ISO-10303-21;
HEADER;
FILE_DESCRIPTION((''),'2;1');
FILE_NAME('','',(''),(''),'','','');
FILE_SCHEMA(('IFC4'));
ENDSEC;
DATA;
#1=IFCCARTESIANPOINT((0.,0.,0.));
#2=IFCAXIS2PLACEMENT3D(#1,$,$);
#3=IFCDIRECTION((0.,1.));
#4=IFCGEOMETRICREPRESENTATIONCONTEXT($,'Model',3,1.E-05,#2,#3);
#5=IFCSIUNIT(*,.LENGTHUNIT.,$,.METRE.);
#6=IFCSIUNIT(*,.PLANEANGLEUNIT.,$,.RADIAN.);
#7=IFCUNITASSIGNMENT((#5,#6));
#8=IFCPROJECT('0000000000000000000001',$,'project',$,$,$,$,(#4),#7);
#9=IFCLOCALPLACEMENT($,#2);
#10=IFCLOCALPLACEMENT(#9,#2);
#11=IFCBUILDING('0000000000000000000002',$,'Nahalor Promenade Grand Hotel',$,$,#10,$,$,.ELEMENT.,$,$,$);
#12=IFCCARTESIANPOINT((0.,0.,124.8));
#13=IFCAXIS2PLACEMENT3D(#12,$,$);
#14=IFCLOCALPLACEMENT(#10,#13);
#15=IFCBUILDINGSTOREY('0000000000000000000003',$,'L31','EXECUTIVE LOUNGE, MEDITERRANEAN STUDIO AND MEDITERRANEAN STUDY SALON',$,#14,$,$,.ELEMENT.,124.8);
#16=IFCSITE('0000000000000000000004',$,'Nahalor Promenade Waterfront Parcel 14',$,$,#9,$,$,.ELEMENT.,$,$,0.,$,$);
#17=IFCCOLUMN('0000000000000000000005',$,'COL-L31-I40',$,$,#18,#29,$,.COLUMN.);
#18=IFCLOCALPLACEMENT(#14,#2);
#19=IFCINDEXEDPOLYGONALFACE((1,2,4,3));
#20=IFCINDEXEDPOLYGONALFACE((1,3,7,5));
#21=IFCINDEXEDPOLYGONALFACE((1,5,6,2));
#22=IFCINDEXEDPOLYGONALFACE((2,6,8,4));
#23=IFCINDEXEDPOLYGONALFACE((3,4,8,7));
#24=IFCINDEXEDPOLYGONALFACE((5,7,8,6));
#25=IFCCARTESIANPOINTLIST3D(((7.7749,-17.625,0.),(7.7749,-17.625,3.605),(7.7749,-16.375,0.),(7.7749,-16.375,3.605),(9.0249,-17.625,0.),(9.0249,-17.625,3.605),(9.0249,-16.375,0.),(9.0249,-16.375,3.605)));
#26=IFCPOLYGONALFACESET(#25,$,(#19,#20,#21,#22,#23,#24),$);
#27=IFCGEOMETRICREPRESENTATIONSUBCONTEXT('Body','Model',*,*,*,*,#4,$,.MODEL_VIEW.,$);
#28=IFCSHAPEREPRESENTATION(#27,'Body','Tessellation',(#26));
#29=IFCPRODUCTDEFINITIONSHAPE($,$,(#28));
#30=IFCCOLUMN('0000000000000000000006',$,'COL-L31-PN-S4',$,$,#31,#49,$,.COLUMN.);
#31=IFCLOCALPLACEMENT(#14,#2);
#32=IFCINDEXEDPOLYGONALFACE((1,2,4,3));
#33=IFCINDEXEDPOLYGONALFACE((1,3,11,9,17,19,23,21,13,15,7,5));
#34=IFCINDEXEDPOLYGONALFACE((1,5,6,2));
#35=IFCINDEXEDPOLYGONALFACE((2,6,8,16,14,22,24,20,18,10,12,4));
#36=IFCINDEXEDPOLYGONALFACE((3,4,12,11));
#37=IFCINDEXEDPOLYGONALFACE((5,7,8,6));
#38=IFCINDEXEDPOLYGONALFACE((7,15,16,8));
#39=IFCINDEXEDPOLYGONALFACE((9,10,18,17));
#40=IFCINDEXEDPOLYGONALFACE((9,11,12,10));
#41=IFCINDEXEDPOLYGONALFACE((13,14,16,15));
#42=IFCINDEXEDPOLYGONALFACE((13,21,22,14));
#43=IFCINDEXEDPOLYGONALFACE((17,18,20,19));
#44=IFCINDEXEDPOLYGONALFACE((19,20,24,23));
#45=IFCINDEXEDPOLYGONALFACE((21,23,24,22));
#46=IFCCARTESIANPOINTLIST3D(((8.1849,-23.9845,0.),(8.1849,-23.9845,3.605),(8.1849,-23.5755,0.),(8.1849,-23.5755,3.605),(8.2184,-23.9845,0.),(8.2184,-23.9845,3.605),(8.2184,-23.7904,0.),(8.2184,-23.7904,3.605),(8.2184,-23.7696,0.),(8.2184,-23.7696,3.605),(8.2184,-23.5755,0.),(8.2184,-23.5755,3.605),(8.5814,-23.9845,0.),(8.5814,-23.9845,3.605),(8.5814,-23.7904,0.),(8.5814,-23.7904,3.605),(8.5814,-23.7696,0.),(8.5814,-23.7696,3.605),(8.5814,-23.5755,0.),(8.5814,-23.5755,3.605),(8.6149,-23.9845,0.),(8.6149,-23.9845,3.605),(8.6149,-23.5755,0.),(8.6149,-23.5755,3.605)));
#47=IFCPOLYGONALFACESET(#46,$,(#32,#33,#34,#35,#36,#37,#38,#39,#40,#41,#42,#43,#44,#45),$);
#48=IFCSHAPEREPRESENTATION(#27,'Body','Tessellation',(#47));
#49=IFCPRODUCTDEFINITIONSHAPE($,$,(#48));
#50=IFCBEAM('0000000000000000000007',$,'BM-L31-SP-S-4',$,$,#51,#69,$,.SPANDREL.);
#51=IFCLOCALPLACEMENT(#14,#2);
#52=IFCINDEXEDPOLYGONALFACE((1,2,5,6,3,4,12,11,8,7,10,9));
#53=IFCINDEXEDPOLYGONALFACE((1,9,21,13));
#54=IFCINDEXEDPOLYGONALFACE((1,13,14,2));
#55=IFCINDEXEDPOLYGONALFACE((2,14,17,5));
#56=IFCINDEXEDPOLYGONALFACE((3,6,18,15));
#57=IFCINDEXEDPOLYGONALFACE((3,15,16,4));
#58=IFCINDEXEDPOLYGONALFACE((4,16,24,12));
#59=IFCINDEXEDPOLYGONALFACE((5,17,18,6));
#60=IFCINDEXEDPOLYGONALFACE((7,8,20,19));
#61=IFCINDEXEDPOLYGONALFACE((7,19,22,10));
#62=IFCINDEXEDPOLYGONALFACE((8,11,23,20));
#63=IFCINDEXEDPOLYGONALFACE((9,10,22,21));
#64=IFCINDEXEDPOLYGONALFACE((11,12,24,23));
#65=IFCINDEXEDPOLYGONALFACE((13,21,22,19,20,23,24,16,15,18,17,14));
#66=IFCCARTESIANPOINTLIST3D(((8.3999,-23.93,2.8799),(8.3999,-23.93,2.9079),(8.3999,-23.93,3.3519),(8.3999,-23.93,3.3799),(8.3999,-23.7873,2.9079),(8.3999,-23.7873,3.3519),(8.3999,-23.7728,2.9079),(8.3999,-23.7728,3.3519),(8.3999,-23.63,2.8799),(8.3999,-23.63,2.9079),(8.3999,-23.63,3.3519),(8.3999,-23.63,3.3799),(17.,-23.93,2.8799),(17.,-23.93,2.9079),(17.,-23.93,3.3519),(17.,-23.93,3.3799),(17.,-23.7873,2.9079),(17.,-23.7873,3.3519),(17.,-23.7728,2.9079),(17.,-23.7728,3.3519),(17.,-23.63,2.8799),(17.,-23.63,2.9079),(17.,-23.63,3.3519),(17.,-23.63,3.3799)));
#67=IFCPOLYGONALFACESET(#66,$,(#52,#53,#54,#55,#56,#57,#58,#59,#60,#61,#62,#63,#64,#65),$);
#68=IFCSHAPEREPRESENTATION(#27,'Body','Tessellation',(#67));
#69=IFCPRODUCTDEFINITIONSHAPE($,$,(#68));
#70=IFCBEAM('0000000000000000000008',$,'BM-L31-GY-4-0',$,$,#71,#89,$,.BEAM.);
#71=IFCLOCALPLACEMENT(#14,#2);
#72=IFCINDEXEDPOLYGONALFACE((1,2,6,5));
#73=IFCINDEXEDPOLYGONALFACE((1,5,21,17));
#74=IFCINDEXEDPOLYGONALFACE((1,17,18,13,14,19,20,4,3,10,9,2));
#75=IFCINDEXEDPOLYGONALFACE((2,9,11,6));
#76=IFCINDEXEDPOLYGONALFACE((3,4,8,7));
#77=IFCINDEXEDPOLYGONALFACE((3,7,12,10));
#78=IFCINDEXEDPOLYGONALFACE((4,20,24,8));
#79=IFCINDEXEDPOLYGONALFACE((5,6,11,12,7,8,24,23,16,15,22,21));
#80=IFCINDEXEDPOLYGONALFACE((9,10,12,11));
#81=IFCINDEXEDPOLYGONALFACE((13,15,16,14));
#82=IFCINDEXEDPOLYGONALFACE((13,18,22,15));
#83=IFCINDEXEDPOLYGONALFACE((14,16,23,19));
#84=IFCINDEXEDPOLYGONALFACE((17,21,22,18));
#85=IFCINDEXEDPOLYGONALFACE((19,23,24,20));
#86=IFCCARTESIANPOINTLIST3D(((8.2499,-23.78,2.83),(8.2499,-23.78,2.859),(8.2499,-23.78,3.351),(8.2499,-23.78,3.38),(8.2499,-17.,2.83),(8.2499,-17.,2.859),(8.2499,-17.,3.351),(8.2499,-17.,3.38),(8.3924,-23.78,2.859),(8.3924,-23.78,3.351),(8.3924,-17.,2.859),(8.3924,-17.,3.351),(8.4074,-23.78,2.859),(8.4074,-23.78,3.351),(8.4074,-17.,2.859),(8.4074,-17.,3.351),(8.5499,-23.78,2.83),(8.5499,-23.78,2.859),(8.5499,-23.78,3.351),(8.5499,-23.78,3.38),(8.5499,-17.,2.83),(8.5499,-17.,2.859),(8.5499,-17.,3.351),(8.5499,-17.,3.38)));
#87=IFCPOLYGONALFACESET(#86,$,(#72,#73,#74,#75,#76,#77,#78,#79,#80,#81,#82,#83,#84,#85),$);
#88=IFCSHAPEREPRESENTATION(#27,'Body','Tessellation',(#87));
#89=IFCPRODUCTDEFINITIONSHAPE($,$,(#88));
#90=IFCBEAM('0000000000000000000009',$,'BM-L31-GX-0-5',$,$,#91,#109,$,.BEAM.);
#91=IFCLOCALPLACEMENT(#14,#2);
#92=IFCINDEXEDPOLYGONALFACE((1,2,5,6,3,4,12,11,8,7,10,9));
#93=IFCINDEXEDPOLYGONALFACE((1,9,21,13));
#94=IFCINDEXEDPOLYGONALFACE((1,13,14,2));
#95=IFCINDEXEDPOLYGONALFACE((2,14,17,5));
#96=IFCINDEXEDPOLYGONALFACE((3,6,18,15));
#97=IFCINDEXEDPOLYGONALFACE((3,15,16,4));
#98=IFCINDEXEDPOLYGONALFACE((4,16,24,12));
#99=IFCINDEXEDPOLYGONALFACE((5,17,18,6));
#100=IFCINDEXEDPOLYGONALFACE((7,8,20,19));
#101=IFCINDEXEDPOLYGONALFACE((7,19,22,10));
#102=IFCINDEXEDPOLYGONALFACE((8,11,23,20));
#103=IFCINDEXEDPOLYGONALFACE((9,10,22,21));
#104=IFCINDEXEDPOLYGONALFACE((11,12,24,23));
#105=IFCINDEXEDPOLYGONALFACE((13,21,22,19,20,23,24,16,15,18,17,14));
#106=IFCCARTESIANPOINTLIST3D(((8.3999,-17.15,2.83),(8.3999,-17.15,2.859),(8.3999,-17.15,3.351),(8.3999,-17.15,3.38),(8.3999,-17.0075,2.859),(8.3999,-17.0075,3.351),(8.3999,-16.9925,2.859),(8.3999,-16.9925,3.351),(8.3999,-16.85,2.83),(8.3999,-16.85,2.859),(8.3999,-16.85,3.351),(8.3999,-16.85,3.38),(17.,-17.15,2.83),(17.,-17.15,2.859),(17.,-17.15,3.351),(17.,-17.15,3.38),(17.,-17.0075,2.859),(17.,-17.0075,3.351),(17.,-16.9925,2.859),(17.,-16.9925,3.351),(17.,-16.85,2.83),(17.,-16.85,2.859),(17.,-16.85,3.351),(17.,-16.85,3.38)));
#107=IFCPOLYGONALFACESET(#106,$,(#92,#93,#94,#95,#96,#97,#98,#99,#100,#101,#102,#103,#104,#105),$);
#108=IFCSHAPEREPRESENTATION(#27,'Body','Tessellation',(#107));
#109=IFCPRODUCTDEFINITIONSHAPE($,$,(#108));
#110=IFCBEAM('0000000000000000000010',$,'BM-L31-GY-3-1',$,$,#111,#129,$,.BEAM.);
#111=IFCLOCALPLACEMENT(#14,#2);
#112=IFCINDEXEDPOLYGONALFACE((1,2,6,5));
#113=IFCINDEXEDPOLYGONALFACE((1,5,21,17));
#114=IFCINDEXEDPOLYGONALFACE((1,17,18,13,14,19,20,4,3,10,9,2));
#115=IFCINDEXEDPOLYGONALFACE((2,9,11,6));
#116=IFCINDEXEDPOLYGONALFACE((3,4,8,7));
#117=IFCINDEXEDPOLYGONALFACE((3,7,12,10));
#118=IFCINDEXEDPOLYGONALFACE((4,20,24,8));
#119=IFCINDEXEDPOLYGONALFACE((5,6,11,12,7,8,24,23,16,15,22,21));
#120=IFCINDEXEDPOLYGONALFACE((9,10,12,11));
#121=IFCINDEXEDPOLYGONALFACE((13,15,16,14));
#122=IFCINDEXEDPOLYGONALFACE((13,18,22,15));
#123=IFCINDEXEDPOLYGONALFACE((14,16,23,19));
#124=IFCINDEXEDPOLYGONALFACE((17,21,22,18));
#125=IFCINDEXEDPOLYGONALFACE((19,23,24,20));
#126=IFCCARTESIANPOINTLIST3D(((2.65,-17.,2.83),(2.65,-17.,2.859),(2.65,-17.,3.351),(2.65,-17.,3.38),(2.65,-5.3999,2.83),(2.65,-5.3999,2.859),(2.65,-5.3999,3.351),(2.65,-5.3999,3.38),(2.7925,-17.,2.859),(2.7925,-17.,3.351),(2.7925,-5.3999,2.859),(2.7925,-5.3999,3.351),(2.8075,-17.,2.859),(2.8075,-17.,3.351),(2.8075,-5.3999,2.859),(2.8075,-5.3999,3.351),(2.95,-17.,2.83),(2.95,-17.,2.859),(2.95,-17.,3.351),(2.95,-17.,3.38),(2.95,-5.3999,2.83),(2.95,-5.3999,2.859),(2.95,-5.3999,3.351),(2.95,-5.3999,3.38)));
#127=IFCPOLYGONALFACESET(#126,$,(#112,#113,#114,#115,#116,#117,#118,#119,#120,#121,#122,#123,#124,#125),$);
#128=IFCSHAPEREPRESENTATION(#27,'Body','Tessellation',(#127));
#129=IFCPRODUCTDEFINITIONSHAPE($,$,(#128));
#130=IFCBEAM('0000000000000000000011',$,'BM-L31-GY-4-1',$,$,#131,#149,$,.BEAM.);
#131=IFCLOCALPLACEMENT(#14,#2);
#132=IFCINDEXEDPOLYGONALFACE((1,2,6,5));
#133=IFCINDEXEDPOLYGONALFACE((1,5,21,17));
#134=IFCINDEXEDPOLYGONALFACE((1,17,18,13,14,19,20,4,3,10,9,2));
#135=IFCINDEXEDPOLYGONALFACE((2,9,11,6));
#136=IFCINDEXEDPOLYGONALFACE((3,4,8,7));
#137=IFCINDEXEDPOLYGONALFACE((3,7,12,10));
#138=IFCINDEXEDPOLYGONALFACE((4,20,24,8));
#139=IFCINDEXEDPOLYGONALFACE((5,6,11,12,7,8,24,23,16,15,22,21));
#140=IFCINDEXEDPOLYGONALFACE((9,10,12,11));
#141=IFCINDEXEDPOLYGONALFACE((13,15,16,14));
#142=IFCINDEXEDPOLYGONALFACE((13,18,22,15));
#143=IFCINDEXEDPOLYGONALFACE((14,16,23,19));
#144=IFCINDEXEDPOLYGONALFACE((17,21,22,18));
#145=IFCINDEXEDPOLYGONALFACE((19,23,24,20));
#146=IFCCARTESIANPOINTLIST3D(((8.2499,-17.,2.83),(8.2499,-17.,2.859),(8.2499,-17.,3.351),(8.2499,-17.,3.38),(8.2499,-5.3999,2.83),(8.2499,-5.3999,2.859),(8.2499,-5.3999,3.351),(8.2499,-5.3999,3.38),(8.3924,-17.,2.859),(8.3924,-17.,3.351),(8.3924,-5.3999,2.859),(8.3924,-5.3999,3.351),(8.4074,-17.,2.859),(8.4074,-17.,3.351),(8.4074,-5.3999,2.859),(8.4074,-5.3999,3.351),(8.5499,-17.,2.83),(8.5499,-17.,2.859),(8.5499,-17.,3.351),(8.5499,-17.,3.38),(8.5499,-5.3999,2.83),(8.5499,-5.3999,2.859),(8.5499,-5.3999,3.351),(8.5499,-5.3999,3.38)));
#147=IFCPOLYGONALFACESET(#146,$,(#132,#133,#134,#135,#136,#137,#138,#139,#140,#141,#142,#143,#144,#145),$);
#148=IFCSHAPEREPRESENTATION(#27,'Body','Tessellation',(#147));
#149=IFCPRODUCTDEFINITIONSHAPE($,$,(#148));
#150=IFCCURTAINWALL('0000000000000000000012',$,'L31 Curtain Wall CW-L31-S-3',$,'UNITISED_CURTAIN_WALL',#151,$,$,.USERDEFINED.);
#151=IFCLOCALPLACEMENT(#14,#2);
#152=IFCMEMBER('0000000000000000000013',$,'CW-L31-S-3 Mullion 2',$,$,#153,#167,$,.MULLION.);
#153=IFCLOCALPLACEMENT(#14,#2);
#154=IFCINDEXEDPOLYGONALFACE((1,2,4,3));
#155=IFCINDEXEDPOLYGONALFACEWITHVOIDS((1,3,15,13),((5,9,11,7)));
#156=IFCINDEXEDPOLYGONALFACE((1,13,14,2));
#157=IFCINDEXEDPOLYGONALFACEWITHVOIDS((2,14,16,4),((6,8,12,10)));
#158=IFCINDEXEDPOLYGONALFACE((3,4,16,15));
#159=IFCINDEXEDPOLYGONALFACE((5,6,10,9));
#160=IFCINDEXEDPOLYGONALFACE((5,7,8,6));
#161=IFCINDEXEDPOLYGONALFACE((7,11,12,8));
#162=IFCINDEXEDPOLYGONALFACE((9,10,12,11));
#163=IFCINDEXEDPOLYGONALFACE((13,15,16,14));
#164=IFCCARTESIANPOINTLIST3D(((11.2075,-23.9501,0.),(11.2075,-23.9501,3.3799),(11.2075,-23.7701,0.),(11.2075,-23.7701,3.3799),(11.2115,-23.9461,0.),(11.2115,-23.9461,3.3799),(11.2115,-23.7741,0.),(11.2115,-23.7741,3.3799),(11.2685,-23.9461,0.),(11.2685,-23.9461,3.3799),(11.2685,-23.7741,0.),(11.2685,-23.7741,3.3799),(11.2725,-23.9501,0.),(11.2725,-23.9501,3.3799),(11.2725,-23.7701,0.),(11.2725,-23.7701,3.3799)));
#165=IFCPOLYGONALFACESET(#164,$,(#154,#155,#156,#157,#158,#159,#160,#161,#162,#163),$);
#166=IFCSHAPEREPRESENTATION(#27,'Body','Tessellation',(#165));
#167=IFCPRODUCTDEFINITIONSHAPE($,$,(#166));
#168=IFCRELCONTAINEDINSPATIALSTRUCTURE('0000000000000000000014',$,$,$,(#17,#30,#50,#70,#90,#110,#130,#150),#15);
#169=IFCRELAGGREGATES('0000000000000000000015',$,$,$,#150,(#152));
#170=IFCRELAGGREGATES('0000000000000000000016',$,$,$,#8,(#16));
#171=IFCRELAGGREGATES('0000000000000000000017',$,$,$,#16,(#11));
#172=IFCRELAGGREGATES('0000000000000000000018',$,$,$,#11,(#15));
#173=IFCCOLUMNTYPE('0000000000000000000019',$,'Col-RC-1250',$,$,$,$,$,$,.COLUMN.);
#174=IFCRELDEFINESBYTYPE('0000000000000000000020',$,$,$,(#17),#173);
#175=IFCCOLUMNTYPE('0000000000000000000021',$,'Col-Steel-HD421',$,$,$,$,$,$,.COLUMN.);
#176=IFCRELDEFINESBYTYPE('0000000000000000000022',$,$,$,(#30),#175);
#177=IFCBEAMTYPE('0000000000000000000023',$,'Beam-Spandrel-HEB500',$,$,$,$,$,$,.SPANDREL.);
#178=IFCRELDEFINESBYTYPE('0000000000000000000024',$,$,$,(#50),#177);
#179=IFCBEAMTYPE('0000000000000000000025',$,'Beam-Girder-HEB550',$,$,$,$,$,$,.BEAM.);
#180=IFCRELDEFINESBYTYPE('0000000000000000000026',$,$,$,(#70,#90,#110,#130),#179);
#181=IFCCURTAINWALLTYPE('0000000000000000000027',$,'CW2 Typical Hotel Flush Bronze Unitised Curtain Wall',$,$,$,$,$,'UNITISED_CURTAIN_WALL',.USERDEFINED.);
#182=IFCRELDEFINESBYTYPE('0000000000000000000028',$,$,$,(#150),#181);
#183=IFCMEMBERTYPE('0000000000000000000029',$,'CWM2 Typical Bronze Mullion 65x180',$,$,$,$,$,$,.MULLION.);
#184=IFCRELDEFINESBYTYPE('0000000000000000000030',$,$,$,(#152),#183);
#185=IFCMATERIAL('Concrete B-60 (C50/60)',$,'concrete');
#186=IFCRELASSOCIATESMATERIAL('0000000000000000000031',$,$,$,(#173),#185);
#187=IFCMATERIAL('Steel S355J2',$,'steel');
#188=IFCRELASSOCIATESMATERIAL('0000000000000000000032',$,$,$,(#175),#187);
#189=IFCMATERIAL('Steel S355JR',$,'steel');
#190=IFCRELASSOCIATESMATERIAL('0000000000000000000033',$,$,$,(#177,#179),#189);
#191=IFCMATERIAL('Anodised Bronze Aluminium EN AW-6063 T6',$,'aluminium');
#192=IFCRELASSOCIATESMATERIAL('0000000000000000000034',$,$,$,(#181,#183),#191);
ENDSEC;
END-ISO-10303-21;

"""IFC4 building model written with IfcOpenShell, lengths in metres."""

from ifc_helpers import new_model, si_unit, direction, frame, origin, origin_2d, place, context, subcontext, project, spatial, rectangle, hollow_rectangle, i_section, extrude, source, transform, mapped, material, material_profile, profile_set, type_object, element, aggregate, save


model = new_model("IFC4")

# Units and contexts
model_context = context("Model", 3, precision=1e-05, world=origin(), true_north=direction((0.0, 1.0)))
body_context = subcontext(model_context, "Body", "Model", "MODEL_VIEW")
ifc_project = project(units=[si_unit("LENGTHUNIT", "METRE"), si_unit("PLANEANGLEUNIT", "RADIAN")], contexts=[model_context])

# Site, building, storey
site_placement = place(None, origin())
site = spatial("IfcSite", under=ifc_project, at=site_placement, Name="Nahalor Promenade Waterfront Parcel 14", CompositionType="ELEMENT", RefElevation=0.0)
building_placement = place(site_placement, origin())
building = spatial("IfcBuilding", under=site, at=building_placement, Name="Nahalor Promenade Grand Hotel", CompositionType="ELEMENT")
storey_placement = place(building_placement, frame((0.0, 0.0, 124.8)))
storey = spatial("IfcBuildingStorey", under=building, at=storey_placement, Name="L31", Description="EXECUTIVE LOUNGE, MEDITERRANEAN STUDIO AND MEDITERRANEAN STUDY SALON", CompositionType="ELEMENT", Elevation=124.8)

# Columns
ifc_material_1 = material(Name="Concrete B-60 (C50/60)", Category="concrete")
ifc_material_profile_1 = material_profile(ifc_material_1, rectangle(XDim=1.25, YDim=1.25, at=origin_2d()), Name="RC 1250x1250")
ifc_profile_set_1 = profile_set([ifc_material_profile_1], Name="Concrete B-60 (C50/60)")
column_type_1 = type_object("IfcColumnType", Name="Col-RC-1250", PredefinedType="COLUMN", material=ifc_profile_set_1)
shared_shape_1 = source(origin(), body_context, "Body", "SweptSolid", [
    extrude(rectangle(XDim=1.25, YDim=1.25, at=origin_2d()), origin(), (0.0, 0.0, 1.0), 3.605),
])
column_1_placement = place(storey_placement, frame((8.3999, -17.0, 0.0), z_axis=(0.0, 0.0, 1.0), x_axis=(1.0, 0.0, 0.0)))
element("IfcColumn", 1, at=column_1_placement, inside=storey, type_object=column_type_1, Name="COL-L31-I40", PredefinedType="COLUMN", context=body_context, shape_type="MappedRepresentation", body=[
    mapped(shared_shape_1, transform((0.0, 0.0, 0.0), scale=1.0)),
])
ifc_material_2 = material(Name="Steel S355J2", Category="steel")
ifc_material_profile_2 = material_profile(ifc_material_2, i_section(OverallWidth=0.409, OverallDepth=0.43, WebThickness=0.0208, FlangeThickness=0.0335, at=origin_2d()), Name="HD 400x421")
ifc_profile_set_2 = profile_set([ifc_material_profile_2], Name="Steel S355J2")
column_type_2 = type_object("IfcColumnType", Name="Col-Steel-HD421", PredefinedType="COLUMN", material=ifc_profile_set_2)
shared_shape_2 = source(origin(), body_context, "Body", "SweptSolid", [
    extrude(i_section(OverallWidth=0.409, OverallDepth=0.43, WebThickness=0.0208, FlangeThickness=0.0335, at=origin_2d()), origin(), (0.0, 0.0, 1.0), 3.605),
])
column_2_placement = place(storey_placement, frame((8.3999, -23.78, 0.0), z_axis=(0.0, 0.0, 1.0), x_axis=(0.0, 1.0, 0.0)))
element("IfcColumn", 2, at=column_2_placement, inside=storey, type_object=column_type_2, Name="COL-L31-PN-S4", PredefinedType="COLUMN", context=body_context, shape_type="MappedRepresentation", body=[
    mapped(shared_shape_2, transform((0.0, 0.0, 0.0), scale=1.0)),
])

# Beams
ifc_material_3 = material(Name="Steel S355JR", Category="steel")
ifc_material_profile_3 = material_profile(ifc_material_3, i_section(OverallWidth=0.3, OverallDepth=0.5, WebThickness=0.0145, FlangeThickness=0.028, at=origin_2d()), Name="HEB 500")
ifc_profile_set_3 = profile_set([ifc_material_profile_3], Name="Steel S355JR")
beam_type_1 = type_object("IfcBeamType", Name="Beam-Spandrel-HEB500", PredefinedType="SPANDREL", material=ifc_profile_set_3)
shared_shape_3 = source(origin(), body_context, "Body", "SweptSolid", [
    extrude(i_section(OverallWidth=0.3, OverallDepth=0.5, WebThickness=0.0145, FlangeThickness=0.028, at=origin_2d()), origin(), (0.0, 0.0, 1.0), 8.6001),
])
beam_1_placement = place(storey_placement, frame((8.3999, -23.78, 3.1299), z_axis=(1.0, 0.0, 0.0), x_axis=(0.0, 1.0, 0.0)))
element("IfcBeam", 3, at=beam_1_placement, inside=storey, type_object=beam_type_1, Name="BM-L31-SP-S-4", PredefinedType="SPANDREL", context=body_context, shape_type="MappedRepresentation", body=[
    mapped(shared_shape_3, transform((0.0, 0.0, 0.0), scale=1.0)),
])
ifc_material_profile_4 = material_profile(ifc_material_3, i_section(OverallWidth=0.3, OverallDepth=0.55, WebThickness=0.015, FlangeThickness=0.029, at=origin_2d()), Name="HEB 550")
ifc_profile_set_4 = profile_set([ifc_material_profile_4], Name="Steel S355JR")
beam_type_2 = type_object("IfcBeamType", Name="Beam-Girder-HEB550", PredefinedType="BEAM", material=ifc_profile_set_4)
shared_shape_4 = source(origin(), body_context, "Body", "SweptSolid", [
    extrude(i_section(OverallWidth=0.3, OverallDepth=0.55, WebThickness=0.015, FlangeThickness=0.029, at=origin_2d()), origin(), (0.0, 0.0, 1.0), 6.78),
])
beam_2_placement = place(storey_placement, frame((8.3999, -23.78, 3.105), z_axis=(0.0, 1.0, 0.0), x_axis=(-1.0, 0.0, 0.0)))
element("IfcBeam", 4, at=beam_2_placement, inside=storey, type_object=beam_type_2, Name="BM-L31-GY-4-0", PredefinedType="BEAM", context=body_context, shape_type="MappedRepresentation", body=[
    mapped(shared_shape_4, transform((0.0, 0.0, 0.0), scale=1.0)),
])
shared_shape_5 = source(origin(), body_context, "Body", "SweptSolid", [
    extrude(i_section(OverallWidth=0.3, OverallDepth=0.55, WebThickness=0.015, FlangeThickness=0.029, at=origin_2d()), origin(), (0.0, 0.0, 1.0), 8.6001),
])
beam_3_placement = place(storey_placement, frame((8.3999, -17.0, 3.105), z_axis=(1.0, 0.0, 0.0), x_axis=(0.0, 1.0, 0.0)))
element("IfcBeam", 5, at=beam_3_placement, inside=storey, type_object=beam_type_2, Name="BM-L31-GX-0-5", PredefinedType="BEAM", context=body_context, shape_type="MappedRepresentation", body=[
    mapped(shared_shape_5, transform((0.0, 0.0, 0.0), scale=1.0)),
])
shared_shape_6 = source(origin(), body_context, "Body", "SweptSolid", [
    extrude(i_section(OverallWidth=0.3, OverallDepth=0.55, WebThickness=0.015, FlangeThickness=0.029, at=origin_2d()), origin(), (0.0, 0.0, 1.0), 11.6001),
])
for number, where, z_axis, x_axis, name in (
    (6, (2.8, -17.0, 3.105), (0.0, 1.0, 0.0), (-1.0, 0.0, 0.0), "BM-L31-GY-3-1"),
    (7, (8.3999, -17.0, 3.105), (0.0, 1.0, 0.0), (-1.0, 0.0, 0.0), "BM-L31-GY-4-1"),
):
    element("IfcBeam", number, at=place(storey_placement, frame(where, z_axis=z_axis, x_axis=x_axis)), inside=storey, type_object=beam_type_2, Name=name, PredefinedType="BEAM", context=body_context, shape_type="MappedRepresentation", body=[
        mapped(shared_shape_6, transform((0.0, 0.0, 0.0), scale=1.0)),
    ])

# Curtain wall, member
ifc_material_4 = material(Name="Anodised Bronze Aluminium EN AW-6063 T6", Category="aluminium")
curtain_wall_type = type_object("IfcCurtainWallType", Name="CW2 Typical Hotel Flush Bronze Unitised Curtain Wall", ElementType="UNITISED_CURTAIN_WALL", PredefinedType="USERDEFINED", material=ifc_material_4)
curtain_wall_placement = place(storey_placement, origin())
curtain_wall = element("IfcCurtainWall", 8, at=curtain_wall_placement, inside=storey, type_object=curtain_wall_type, Name="L31 Curtain Wall CW-L31-S-3", ObjectType="UNITISED_CURTAIN_WALL", PredefinedType="USERDEFINED")
ifc_material_profile_5 = material_profile(ifc_material_4, hollow_rectangle(XDim=0.065, YDim=0.18, WallThickness=0.004, at=origin_2d()), Name="CWM 65x180x4")
ifc_profile_set_5 = profile_set([ifc_material_profile_5], Name="Anodised Bronze Aluminium EN AW-6063 T6")
member_type_1 = type_object("IfcMemberType", Name="CWM2 Typical Bronze Mullion 65x180", PredefinedType="MULLION", material=ifc_profile_set_5)
shared_shape_7 = source(origin(), body_context, "Body", "SweptSolid", [
    extrude(hollow_rectangle(XDim=0.065, YDim=0.18, WallThickness=0.004, at=origin_2d()), origin(), (0.0, 0.0, 1.0), 3.3799),
])
member_1_placement = place(storey_placement, frame((11.24, -23.8601, 0.0), z_axis=(0.0, 0.0, 1.0), x_axis=(1.0, 0.0, 0.0)))
member_1 = element("IfcMember", 9, at=member_1_placement, type_object=member_type_1, Name="CW-L31-S-3 Mullion 2", PredefinedType="MULLION", context=body_context, shape_type="MappedRepresentation", body=[
    mapped(shared_shape_7, transform((0.0, 0.0, 0.0), scale=1.0)),
])
aggregate(curtain_wall, [member_1])

save(model, "model.ifc")
